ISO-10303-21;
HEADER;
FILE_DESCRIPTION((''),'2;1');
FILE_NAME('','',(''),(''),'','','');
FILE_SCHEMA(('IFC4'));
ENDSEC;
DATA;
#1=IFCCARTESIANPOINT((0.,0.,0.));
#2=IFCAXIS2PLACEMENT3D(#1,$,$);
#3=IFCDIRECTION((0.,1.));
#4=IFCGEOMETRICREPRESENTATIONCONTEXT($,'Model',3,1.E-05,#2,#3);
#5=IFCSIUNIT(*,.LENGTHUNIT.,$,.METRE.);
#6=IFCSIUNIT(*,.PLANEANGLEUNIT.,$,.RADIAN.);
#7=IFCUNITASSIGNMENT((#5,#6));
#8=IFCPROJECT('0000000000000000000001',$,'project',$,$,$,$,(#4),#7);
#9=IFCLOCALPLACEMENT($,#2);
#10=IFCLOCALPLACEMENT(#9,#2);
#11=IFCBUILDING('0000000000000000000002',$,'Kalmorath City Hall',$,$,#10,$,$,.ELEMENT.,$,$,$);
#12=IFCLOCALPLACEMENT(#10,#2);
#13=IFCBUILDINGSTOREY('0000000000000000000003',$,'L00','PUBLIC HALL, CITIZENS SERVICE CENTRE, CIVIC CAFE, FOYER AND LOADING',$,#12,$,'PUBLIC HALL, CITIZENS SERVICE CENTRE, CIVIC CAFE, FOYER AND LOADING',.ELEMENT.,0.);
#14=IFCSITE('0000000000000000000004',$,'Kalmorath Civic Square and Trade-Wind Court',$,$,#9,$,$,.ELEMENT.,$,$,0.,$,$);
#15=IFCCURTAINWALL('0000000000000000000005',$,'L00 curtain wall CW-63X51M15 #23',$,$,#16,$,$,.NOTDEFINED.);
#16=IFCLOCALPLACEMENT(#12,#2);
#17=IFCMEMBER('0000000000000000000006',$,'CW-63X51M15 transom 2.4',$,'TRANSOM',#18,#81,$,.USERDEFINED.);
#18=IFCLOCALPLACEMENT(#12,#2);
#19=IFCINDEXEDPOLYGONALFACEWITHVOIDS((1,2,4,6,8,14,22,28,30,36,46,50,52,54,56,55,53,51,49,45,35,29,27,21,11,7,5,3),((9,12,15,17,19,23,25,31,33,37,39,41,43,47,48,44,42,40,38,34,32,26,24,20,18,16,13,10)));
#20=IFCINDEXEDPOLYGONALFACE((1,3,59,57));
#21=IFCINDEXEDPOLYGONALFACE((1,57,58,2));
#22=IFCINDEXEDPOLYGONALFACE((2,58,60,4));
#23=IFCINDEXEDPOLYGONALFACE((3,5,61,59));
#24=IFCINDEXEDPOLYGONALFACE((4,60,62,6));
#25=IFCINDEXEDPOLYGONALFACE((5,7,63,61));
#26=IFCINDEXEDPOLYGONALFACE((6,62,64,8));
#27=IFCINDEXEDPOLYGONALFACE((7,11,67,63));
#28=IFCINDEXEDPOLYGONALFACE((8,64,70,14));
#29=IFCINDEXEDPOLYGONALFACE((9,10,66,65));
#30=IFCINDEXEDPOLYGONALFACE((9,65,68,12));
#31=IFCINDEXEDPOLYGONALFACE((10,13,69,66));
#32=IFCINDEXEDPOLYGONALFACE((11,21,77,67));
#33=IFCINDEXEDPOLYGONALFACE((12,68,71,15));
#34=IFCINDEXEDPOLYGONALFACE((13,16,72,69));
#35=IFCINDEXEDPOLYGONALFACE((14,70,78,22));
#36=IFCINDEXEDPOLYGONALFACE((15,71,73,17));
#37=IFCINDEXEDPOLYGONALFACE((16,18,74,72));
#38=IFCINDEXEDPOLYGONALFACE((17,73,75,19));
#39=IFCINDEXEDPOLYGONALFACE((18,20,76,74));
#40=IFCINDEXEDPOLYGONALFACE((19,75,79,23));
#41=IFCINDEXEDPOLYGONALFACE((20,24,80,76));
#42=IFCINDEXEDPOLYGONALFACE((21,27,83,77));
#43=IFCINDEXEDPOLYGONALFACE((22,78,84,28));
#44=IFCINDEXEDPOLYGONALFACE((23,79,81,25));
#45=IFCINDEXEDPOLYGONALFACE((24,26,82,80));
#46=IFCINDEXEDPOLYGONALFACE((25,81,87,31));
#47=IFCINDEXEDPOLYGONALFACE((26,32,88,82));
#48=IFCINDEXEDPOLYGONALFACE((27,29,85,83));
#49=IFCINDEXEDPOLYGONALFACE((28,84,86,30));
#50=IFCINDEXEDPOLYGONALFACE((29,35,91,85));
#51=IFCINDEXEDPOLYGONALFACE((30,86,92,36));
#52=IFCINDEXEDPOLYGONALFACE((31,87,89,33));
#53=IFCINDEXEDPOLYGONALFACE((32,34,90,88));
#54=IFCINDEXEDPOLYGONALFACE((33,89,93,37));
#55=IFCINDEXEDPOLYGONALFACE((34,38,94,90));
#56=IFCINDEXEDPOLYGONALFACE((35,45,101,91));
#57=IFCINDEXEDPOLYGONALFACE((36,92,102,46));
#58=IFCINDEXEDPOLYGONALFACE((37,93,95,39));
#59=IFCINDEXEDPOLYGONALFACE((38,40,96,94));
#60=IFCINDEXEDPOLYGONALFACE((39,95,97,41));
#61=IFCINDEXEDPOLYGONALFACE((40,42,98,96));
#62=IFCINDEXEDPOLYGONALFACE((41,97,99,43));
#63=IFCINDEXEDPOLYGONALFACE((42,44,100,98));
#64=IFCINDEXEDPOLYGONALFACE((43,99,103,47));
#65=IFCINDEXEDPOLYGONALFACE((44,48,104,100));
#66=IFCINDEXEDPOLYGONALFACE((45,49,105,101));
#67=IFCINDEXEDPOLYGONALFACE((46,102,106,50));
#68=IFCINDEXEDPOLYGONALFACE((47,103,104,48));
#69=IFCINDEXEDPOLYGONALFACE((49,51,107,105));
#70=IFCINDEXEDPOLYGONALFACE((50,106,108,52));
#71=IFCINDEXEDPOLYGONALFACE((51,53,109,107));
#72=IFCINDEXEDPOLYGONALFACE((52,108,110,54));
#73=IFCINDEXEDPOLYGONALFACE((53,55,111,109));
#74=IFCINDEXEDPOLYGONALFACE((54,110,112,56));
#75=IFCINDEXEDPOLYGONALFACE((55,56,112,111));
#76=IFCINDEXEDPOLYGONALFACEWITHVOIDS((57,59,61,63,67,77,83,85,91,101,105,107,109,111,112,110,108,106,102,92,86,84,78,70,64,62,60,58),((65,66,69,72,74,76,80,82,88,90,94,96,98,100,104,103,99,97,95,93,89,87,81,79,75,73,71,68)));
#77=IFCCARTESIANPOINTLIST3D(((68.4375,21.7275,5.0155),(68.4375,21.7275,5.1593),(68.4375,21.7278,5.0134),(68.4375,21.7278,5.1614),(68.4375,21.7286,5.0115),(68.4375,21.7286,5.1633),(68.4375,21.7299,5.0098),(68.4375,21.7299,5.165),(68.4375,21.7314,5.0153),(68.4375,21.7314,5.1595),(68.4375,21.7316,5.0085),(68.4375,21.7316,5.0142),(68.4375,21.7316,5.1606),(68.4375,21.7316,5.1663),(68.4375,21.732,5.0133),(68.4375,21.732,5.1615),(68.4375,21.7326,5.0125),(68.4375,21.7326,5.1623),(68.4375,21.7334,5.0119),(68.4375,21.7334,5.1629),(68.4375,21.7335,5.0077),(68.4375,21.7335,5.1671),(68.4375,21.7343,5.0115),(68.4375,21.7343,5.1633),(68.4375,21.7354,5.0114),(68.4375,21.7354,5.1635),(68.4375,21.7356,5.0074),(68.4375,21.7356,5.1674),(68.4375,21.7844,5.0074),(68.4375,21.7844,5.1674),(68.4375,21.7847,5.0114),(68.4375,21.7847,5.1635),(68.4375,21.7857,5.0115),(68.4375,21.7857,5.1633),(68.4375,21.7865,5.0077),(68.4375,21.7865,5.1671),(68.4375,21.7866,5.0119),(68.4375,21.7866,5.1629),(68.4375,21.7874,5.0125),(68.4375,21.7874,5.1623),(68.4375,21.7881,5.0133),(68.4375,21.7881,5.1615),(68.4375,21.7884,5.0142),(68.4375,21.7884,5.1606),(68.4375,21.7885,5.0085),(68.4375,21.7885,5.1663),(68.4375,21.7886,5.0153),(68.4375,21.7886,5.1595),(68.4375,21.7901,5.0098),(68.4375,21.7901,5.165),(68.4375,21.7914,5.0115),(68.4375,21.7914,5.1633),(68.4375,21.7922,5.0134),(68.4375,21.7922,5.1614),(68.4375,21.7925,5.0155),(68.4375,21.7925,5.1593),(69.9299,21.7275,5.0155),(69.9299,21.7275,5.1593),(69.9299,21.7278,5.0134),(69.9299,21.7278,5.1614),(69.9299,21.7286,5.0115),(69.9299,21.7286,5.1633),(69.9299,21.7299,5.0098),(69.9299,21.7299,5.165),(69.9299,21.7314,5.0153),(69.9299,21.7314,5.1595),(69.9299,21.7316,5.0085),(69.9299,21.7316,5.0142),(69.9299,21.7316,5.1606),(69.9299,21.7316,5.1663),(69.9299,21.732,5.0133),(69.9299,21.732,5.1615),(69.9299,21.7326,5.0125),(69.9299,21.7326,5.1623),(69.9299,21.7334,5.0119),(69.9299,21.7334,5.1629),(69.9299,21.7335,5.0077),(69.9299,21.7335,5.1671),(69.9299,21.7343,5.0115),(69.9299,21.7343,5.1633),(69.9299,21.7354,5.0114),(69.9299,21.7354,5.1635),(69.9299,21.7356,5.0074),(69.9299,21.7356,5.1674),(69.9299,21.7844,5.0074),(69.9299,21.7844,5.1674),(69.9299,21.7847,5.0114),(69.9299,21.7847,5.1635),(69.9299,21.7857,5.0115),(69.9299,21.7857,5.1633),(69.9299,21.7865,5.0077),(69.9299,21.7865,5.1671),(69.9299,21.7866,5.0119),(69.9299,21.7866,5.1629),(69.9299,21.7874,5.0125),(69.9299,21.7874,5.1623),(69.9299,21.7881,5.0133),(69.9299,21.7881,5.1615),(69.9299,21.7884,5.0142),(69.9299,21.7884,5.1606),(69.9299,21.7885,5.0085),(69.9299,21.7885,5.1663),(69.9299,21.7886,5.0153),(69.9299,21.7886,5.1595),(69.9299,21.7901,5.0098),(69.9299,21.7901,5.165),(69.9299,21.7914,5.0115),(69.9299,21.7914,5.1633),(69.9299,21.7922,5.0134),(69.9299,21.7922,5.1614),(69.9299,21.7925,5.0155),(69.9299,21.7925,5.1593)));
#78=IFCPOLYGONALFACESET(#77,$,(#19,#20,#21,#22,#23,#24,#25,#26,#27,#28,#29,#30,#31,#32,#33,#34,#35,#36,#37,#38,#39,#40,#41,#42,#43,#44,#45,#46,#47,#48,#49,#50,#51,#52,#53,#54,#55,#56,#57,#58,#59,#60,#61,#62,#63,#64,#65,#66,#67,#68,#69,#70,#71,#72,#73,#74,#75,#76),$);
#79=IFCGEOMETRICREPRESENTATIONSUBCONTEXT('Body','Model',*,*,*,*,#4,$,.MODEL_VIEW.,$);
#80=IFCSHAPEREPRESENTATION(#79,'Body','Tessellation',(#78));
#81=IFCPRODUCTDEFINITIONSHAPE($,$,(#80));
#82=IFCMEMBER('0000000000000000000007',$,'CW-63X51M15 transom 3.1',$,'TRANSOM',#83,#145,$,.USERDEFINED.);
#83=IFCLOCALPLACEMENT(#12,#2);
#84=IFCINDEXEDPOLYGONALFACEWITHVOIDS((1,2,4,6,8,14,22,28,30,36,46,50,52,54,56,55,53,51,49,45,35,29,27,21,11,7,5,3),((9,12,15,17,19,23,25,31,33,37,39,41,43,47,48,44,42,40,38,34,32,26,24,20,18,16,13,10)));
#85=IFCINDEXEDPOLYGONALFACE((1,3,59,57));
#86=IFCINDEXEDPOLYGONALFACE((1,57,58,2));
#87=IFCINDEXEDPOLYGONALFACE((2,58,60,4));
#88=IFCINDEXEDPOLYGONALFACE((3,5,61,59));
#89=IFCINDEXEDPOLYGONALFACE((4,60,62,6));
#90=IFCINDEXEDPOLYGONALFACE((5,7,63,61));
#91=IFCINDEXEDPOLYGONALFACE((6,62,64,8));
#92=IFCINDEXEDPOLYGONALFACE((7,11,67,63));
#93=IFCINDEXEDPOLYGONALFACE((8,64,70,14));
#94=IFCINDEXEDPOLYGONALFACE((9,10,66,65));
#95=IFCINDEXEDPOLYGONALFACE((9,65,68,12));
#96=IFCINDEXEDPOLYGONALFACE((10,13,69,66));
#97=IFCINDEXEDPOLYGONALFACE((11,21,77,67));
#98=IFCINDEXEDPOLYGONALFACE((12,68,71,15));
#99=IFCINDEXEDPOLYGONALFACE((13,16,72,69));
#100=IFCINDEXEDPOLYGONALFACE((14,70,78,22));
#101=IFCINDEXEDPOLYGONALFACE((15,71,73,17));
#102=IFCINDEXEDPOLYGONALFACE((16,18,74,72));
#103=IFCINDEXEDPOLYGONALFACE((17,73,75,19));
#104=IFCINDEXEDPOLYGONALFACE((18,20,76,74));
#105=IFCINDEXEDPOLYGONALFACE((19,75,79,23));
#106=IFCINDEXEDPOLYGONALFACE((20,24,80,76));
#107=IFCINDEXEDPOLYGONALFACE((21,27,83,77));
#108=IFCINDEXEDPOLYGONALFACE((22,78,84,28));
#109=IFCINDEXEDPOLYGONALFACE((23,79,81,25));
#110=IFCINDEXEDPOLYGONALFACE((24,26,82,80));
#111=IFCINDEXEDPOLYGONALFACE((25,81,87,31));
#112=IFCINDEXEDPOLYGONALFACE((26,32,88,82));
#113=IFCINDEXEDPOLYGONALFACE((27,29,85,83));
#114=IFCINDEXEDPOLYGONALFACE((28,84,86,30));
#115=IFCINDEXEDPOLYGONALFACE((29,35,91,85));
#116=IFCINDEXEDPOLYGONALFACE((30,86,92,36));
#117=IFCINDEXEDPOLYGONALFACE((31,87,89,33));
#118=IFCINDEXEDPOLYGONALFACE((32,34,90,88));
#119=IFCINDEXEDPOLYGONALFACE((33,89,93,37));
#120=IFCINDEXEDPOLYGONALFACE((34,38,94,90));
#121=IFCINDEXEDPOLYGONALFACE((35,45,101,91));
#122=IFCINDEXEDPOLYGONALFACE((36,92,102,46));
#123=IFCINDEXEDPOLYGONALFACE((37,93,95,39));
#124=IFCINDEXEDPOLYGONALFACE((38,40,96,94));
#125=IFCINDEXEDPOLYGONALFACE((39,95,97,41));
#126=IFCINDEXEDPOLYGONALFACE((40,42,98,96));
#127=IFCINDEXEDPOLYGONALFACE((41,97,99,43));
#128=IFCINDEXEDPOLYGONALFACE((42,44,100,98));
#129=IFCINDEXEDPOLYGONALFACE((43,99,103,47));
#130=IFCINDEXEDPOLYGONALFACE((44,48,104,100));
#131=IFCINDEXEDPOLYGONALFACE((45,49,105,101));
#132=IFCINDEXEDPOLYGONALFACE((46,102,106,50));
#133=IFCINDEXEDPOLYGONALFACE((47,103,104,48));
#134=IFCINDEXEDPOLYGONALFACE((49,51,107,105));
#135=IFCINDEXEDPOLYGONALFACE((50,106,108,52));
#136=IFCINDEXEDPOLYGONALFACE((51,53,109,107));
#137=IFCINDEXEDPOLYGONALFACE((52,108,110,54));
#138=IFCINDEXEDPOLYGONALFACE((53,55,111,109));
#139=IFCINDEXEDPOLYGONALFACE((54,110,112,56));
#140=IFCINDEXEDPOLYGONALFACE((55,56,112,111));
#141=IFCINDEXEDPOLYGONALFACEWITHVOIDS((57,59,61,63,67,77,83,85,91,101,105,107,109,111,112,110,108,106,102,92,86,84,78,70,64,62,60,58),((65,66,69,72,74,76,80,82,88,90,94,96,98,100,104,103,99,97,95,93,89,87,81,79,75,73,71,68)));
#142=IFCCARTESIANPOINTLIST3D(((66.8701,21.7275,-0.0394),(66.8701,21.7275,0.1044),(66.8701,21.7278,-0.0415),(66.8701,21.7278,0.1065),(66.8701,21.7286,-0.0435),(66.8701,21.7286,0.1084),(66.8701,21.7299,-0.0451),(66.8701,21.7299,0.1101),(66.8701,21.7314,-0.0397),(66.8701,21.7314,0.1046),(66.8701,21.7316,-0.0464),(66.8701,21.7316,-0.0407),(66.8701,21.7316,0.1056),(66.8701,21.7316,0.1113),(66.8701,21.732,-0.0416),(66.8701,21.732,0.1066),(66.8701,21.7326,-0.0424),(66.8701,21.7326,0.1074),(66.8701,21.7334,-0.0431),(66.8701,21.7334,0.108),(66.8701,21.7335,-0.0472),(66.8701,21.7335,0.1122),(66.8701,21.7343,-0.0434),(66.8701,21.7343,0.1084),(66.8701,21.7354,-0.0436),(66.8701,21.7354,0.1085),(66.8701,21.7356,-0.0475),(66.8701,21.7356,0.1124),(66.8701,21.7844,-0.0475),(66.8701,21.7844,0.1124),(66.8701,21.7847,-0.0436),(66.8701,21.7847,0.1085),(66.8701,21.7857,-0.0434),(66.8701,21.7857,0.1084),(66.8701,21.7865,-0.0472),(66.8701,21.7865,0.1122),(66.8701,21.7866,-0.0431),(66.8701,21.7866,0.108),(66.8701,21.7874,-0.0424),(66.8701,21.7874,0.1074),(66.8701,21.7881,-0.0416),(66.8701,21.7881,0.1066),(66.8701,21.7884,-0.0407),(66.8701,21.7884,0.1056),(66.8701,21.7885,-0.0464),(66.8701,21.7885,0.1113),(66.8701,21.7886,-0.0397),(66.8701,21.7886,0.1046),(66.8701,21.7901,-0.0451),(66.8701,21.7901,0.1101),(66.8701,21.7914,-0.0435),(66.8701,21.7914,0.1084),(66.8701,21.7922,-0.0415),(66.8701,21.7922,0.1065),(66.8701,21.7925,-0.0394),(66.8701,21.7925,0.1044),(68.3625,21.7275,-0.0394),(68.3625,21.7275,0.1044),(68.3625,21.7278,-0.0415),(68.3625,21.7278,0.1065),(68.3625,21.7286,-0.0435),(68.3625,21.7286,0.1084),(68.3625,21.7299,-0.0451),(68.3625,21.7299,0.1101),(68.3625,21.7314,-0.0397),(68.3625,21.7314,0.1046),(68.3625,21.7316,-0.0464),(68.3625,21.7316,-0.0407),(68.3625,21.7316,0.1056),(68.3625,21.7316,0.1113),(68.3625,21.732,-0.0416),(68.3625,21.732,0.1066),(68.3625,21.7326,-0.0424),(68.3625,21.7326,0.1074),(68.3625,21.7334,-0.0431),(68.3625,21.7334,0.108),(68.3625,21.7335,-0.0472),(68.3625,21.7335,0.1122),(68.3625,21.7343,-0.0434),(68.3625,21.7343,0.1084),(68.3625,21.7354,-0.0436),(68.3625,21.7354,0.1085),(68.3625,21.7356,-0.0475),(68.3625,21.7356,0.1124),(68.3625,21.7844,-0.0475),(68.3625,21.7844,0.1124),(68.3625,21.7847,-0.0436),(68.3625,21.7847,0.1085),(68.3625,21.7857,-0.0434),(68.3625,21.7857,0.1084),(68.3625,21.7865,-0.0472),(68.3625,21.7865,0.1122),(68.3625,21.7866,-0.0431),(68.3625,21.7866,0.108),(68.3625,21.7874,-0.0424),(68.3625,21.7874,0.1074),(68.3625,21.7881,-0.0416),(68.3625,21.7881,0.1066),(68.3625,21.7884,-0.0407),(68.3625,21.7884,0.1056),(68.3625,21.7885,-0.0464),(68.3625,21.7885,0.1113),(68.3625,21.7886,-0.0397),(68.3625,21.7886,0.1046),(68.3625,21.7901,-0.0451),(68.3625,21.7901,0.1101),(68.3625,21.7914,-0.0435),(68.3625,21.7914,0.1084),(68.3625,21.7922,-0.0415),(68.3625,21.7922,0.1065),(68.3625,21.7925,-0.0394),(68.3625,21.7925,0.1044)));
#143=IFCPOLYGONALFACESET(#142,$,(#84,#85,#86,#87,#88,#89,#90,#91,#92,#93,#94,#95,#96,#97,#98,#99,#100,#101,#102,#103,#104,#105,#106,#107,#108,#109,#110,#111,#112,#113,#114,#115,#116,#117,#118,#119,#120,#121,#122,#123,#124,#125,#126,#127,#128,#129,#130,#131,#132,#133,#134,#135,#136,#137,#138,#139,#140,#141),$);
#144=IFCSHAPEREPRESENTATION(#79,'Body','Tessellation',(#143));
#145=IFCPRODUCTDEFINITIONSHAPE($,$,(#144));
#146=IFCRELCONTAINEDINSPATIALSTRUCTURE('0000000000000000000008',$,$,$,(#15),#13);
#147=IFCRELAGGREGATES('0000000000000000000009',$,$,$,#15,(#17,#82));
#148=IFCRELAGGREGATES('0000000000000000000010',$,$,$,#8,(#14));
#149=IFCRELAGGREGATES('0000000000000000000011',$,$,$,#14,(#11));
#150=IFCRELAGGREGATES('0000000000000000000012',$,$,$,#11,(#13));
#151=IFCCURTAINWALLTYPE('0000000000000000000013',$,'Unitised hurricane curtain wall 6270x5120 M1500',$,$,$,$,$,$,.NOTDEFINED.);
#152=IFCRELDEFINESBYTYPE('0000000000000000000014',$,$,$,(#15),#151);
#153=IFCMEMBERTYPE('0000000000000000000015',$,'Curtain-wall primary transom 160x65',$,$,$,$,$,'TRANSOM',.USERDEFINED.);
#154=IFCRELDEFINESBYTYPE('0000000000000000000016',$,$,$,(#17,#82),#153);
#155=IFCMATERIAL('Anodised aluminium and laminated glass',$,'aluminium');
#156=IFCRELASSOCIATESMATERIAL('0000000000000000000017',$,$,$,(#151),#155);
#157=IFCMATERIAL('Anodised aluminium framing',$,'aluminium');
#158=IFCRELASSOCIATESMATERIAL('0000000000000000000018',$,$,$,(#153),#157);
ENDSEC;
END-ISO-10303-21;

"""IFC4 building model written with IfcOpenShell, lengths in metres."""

from ifc_helpers import new_model, si_unit, direction, frame, origin, origin_2d, place, context, subcontext, project, spatial, hollow_rectangle, extrude, material, material_profile, profile_set, type_object, element, aggregate, save


model = new_model("IFC4")

# Units and contexts
model_context = context("Model", 3, precision=1e-05, world=origin(), true_north=direction((0.0, 1.0)))
body_context = subcontext(model_context, "Body", "Model", "MODEL_VIEW")
ifc_project = project(units=[si_unit("LENGTHUNIT", "METRE"), si_unit("PLANEANGLEUNIT", "RADIAN")], contexts=[model_context])

# Site, building, storey
site_placement = place(None, origin())
site = spatial("IfcSite", under=ifc_project, at=site_placement, Name="Kalmorath Civic Square and Trade-Wind Court", CompositionType="ELEMENT", RefElevation=0.0)
building_placement = place(site_placement, origin())
building = spatial("IfcBuilding", under=site, at=building_placement, Name="Kalmorath City Hall", CompositionType="ELEMENT")
storey_placement = place(building_placement, origin())
storey = spatial("IfcBuildingStorey", under=building, at=storey_placement, Name="L00", Description="PUBLIC HALL, CITIZENS SERVICE CENTRE, CIVIC CAFE, FOYER AND LOADING", LongName="PUBLIC HALL, CITIZENS SERVICE CENTRE, CIVIC CAFE, FOYER AND LOADING", CompositionType="ELEMENT", Elevation=0.0)

# Curtain wall
ifc_material_1 = material(Name="Anodised aluminium and laminated glass", Category="aluminium")
curtain_wall_type_1 = type_object("IfcCurtainWallType", Name="Unitised hurricane curtain wall 6270x5120 M1500", PredefinedType="NOTDEFINED", material=ifc_material_1)
curtain_wall_1_placement = place(storey_placement, origin())
curtain_wall_1 = element("IfcCurtainWall", 1, at=curtain_wall_1_placement, inside=storey, type_object=curtain_wall_type_1, Name="L00 curtain wall CW-63X51M15 #23", PredefinedType="NOTDEFINED")

# Members
ifc_material_2 = material(Name="Anodised aluminium framing", Category="aluminium")
ifc_material_profile_1 = material_profile(ifc_material_2, hollow_rectangle(XDim=0.0649, YDim=0.1599, WallThickness=0.0039, InnerFilletRadius=0.0039, OuterFilletRadius=0.0081, at=origin_2d()), Name="ALU-TRN-160X65X4")
ifc_profile_set_1 = profile_set([ifc_material_profile_1], Name="Anodised aluminium framing")
member_type_1 = type_object("IfcMemberType", Name="Curtain-wall primary transom 160x65", ElementType="TRANSOM", PredefinedType="USERDEFINED", material=ifc_profile_set_1)
member_1_placement = place(storey_placement, frame((69.9299, 21.76, 5.0874), z_axis=(-1.0, 0.0, 0.0), x_axis=(0.0, -1.0, 0.0)))
member_1 = element("IfcMember", 2, at=member_1_placement, type_object=member_type_1, Name="CW-63X51M15 transom 2.4", ObjectType="TRANSOM", PredefinedType="USERDEFINED", context=body_context, shape_type="SweptSolid", body=[
    extrude(hollow_rectangle(XDim=0.0649, YDim=0.1599, WallThickness=0.0039, InnerFilletRadius=0.0039, OuterFilletRadius=0.0081, at=origin_2d()), origin(), (0.0, 0.0, 1.0), 1.4924),
])
member_2_placement = place(storey_placement, frame((68.3625, 21.76, 0.0325), z_axis=(-1.0, 0.0, 0.0), x_axis=(0.0, -1.0, 0.0)))
member_2 = element("IfcMember", 3, at=member_2_placement, type_object=member_type_1, Name="CW-63X51M15 transom 3.1", ObjectType="TRANSOM", PredefinedType="USERDEFINED", context=body_context, shape_type="SweptSolid", body=[
    extrude(hollow_rectangle(XDim=0.0649, YDim=0.1599, WallThickness=0.0039, InnerFilletRadius=0.0039, OuterFilletRadius=0.0081, at=origin_2d()), origin(), (0.0, 0.0, 1.0), 1.4924),
])

aggregate(curtain_wall_1, [member_1, member_2])

save(model, "model.ifc")
